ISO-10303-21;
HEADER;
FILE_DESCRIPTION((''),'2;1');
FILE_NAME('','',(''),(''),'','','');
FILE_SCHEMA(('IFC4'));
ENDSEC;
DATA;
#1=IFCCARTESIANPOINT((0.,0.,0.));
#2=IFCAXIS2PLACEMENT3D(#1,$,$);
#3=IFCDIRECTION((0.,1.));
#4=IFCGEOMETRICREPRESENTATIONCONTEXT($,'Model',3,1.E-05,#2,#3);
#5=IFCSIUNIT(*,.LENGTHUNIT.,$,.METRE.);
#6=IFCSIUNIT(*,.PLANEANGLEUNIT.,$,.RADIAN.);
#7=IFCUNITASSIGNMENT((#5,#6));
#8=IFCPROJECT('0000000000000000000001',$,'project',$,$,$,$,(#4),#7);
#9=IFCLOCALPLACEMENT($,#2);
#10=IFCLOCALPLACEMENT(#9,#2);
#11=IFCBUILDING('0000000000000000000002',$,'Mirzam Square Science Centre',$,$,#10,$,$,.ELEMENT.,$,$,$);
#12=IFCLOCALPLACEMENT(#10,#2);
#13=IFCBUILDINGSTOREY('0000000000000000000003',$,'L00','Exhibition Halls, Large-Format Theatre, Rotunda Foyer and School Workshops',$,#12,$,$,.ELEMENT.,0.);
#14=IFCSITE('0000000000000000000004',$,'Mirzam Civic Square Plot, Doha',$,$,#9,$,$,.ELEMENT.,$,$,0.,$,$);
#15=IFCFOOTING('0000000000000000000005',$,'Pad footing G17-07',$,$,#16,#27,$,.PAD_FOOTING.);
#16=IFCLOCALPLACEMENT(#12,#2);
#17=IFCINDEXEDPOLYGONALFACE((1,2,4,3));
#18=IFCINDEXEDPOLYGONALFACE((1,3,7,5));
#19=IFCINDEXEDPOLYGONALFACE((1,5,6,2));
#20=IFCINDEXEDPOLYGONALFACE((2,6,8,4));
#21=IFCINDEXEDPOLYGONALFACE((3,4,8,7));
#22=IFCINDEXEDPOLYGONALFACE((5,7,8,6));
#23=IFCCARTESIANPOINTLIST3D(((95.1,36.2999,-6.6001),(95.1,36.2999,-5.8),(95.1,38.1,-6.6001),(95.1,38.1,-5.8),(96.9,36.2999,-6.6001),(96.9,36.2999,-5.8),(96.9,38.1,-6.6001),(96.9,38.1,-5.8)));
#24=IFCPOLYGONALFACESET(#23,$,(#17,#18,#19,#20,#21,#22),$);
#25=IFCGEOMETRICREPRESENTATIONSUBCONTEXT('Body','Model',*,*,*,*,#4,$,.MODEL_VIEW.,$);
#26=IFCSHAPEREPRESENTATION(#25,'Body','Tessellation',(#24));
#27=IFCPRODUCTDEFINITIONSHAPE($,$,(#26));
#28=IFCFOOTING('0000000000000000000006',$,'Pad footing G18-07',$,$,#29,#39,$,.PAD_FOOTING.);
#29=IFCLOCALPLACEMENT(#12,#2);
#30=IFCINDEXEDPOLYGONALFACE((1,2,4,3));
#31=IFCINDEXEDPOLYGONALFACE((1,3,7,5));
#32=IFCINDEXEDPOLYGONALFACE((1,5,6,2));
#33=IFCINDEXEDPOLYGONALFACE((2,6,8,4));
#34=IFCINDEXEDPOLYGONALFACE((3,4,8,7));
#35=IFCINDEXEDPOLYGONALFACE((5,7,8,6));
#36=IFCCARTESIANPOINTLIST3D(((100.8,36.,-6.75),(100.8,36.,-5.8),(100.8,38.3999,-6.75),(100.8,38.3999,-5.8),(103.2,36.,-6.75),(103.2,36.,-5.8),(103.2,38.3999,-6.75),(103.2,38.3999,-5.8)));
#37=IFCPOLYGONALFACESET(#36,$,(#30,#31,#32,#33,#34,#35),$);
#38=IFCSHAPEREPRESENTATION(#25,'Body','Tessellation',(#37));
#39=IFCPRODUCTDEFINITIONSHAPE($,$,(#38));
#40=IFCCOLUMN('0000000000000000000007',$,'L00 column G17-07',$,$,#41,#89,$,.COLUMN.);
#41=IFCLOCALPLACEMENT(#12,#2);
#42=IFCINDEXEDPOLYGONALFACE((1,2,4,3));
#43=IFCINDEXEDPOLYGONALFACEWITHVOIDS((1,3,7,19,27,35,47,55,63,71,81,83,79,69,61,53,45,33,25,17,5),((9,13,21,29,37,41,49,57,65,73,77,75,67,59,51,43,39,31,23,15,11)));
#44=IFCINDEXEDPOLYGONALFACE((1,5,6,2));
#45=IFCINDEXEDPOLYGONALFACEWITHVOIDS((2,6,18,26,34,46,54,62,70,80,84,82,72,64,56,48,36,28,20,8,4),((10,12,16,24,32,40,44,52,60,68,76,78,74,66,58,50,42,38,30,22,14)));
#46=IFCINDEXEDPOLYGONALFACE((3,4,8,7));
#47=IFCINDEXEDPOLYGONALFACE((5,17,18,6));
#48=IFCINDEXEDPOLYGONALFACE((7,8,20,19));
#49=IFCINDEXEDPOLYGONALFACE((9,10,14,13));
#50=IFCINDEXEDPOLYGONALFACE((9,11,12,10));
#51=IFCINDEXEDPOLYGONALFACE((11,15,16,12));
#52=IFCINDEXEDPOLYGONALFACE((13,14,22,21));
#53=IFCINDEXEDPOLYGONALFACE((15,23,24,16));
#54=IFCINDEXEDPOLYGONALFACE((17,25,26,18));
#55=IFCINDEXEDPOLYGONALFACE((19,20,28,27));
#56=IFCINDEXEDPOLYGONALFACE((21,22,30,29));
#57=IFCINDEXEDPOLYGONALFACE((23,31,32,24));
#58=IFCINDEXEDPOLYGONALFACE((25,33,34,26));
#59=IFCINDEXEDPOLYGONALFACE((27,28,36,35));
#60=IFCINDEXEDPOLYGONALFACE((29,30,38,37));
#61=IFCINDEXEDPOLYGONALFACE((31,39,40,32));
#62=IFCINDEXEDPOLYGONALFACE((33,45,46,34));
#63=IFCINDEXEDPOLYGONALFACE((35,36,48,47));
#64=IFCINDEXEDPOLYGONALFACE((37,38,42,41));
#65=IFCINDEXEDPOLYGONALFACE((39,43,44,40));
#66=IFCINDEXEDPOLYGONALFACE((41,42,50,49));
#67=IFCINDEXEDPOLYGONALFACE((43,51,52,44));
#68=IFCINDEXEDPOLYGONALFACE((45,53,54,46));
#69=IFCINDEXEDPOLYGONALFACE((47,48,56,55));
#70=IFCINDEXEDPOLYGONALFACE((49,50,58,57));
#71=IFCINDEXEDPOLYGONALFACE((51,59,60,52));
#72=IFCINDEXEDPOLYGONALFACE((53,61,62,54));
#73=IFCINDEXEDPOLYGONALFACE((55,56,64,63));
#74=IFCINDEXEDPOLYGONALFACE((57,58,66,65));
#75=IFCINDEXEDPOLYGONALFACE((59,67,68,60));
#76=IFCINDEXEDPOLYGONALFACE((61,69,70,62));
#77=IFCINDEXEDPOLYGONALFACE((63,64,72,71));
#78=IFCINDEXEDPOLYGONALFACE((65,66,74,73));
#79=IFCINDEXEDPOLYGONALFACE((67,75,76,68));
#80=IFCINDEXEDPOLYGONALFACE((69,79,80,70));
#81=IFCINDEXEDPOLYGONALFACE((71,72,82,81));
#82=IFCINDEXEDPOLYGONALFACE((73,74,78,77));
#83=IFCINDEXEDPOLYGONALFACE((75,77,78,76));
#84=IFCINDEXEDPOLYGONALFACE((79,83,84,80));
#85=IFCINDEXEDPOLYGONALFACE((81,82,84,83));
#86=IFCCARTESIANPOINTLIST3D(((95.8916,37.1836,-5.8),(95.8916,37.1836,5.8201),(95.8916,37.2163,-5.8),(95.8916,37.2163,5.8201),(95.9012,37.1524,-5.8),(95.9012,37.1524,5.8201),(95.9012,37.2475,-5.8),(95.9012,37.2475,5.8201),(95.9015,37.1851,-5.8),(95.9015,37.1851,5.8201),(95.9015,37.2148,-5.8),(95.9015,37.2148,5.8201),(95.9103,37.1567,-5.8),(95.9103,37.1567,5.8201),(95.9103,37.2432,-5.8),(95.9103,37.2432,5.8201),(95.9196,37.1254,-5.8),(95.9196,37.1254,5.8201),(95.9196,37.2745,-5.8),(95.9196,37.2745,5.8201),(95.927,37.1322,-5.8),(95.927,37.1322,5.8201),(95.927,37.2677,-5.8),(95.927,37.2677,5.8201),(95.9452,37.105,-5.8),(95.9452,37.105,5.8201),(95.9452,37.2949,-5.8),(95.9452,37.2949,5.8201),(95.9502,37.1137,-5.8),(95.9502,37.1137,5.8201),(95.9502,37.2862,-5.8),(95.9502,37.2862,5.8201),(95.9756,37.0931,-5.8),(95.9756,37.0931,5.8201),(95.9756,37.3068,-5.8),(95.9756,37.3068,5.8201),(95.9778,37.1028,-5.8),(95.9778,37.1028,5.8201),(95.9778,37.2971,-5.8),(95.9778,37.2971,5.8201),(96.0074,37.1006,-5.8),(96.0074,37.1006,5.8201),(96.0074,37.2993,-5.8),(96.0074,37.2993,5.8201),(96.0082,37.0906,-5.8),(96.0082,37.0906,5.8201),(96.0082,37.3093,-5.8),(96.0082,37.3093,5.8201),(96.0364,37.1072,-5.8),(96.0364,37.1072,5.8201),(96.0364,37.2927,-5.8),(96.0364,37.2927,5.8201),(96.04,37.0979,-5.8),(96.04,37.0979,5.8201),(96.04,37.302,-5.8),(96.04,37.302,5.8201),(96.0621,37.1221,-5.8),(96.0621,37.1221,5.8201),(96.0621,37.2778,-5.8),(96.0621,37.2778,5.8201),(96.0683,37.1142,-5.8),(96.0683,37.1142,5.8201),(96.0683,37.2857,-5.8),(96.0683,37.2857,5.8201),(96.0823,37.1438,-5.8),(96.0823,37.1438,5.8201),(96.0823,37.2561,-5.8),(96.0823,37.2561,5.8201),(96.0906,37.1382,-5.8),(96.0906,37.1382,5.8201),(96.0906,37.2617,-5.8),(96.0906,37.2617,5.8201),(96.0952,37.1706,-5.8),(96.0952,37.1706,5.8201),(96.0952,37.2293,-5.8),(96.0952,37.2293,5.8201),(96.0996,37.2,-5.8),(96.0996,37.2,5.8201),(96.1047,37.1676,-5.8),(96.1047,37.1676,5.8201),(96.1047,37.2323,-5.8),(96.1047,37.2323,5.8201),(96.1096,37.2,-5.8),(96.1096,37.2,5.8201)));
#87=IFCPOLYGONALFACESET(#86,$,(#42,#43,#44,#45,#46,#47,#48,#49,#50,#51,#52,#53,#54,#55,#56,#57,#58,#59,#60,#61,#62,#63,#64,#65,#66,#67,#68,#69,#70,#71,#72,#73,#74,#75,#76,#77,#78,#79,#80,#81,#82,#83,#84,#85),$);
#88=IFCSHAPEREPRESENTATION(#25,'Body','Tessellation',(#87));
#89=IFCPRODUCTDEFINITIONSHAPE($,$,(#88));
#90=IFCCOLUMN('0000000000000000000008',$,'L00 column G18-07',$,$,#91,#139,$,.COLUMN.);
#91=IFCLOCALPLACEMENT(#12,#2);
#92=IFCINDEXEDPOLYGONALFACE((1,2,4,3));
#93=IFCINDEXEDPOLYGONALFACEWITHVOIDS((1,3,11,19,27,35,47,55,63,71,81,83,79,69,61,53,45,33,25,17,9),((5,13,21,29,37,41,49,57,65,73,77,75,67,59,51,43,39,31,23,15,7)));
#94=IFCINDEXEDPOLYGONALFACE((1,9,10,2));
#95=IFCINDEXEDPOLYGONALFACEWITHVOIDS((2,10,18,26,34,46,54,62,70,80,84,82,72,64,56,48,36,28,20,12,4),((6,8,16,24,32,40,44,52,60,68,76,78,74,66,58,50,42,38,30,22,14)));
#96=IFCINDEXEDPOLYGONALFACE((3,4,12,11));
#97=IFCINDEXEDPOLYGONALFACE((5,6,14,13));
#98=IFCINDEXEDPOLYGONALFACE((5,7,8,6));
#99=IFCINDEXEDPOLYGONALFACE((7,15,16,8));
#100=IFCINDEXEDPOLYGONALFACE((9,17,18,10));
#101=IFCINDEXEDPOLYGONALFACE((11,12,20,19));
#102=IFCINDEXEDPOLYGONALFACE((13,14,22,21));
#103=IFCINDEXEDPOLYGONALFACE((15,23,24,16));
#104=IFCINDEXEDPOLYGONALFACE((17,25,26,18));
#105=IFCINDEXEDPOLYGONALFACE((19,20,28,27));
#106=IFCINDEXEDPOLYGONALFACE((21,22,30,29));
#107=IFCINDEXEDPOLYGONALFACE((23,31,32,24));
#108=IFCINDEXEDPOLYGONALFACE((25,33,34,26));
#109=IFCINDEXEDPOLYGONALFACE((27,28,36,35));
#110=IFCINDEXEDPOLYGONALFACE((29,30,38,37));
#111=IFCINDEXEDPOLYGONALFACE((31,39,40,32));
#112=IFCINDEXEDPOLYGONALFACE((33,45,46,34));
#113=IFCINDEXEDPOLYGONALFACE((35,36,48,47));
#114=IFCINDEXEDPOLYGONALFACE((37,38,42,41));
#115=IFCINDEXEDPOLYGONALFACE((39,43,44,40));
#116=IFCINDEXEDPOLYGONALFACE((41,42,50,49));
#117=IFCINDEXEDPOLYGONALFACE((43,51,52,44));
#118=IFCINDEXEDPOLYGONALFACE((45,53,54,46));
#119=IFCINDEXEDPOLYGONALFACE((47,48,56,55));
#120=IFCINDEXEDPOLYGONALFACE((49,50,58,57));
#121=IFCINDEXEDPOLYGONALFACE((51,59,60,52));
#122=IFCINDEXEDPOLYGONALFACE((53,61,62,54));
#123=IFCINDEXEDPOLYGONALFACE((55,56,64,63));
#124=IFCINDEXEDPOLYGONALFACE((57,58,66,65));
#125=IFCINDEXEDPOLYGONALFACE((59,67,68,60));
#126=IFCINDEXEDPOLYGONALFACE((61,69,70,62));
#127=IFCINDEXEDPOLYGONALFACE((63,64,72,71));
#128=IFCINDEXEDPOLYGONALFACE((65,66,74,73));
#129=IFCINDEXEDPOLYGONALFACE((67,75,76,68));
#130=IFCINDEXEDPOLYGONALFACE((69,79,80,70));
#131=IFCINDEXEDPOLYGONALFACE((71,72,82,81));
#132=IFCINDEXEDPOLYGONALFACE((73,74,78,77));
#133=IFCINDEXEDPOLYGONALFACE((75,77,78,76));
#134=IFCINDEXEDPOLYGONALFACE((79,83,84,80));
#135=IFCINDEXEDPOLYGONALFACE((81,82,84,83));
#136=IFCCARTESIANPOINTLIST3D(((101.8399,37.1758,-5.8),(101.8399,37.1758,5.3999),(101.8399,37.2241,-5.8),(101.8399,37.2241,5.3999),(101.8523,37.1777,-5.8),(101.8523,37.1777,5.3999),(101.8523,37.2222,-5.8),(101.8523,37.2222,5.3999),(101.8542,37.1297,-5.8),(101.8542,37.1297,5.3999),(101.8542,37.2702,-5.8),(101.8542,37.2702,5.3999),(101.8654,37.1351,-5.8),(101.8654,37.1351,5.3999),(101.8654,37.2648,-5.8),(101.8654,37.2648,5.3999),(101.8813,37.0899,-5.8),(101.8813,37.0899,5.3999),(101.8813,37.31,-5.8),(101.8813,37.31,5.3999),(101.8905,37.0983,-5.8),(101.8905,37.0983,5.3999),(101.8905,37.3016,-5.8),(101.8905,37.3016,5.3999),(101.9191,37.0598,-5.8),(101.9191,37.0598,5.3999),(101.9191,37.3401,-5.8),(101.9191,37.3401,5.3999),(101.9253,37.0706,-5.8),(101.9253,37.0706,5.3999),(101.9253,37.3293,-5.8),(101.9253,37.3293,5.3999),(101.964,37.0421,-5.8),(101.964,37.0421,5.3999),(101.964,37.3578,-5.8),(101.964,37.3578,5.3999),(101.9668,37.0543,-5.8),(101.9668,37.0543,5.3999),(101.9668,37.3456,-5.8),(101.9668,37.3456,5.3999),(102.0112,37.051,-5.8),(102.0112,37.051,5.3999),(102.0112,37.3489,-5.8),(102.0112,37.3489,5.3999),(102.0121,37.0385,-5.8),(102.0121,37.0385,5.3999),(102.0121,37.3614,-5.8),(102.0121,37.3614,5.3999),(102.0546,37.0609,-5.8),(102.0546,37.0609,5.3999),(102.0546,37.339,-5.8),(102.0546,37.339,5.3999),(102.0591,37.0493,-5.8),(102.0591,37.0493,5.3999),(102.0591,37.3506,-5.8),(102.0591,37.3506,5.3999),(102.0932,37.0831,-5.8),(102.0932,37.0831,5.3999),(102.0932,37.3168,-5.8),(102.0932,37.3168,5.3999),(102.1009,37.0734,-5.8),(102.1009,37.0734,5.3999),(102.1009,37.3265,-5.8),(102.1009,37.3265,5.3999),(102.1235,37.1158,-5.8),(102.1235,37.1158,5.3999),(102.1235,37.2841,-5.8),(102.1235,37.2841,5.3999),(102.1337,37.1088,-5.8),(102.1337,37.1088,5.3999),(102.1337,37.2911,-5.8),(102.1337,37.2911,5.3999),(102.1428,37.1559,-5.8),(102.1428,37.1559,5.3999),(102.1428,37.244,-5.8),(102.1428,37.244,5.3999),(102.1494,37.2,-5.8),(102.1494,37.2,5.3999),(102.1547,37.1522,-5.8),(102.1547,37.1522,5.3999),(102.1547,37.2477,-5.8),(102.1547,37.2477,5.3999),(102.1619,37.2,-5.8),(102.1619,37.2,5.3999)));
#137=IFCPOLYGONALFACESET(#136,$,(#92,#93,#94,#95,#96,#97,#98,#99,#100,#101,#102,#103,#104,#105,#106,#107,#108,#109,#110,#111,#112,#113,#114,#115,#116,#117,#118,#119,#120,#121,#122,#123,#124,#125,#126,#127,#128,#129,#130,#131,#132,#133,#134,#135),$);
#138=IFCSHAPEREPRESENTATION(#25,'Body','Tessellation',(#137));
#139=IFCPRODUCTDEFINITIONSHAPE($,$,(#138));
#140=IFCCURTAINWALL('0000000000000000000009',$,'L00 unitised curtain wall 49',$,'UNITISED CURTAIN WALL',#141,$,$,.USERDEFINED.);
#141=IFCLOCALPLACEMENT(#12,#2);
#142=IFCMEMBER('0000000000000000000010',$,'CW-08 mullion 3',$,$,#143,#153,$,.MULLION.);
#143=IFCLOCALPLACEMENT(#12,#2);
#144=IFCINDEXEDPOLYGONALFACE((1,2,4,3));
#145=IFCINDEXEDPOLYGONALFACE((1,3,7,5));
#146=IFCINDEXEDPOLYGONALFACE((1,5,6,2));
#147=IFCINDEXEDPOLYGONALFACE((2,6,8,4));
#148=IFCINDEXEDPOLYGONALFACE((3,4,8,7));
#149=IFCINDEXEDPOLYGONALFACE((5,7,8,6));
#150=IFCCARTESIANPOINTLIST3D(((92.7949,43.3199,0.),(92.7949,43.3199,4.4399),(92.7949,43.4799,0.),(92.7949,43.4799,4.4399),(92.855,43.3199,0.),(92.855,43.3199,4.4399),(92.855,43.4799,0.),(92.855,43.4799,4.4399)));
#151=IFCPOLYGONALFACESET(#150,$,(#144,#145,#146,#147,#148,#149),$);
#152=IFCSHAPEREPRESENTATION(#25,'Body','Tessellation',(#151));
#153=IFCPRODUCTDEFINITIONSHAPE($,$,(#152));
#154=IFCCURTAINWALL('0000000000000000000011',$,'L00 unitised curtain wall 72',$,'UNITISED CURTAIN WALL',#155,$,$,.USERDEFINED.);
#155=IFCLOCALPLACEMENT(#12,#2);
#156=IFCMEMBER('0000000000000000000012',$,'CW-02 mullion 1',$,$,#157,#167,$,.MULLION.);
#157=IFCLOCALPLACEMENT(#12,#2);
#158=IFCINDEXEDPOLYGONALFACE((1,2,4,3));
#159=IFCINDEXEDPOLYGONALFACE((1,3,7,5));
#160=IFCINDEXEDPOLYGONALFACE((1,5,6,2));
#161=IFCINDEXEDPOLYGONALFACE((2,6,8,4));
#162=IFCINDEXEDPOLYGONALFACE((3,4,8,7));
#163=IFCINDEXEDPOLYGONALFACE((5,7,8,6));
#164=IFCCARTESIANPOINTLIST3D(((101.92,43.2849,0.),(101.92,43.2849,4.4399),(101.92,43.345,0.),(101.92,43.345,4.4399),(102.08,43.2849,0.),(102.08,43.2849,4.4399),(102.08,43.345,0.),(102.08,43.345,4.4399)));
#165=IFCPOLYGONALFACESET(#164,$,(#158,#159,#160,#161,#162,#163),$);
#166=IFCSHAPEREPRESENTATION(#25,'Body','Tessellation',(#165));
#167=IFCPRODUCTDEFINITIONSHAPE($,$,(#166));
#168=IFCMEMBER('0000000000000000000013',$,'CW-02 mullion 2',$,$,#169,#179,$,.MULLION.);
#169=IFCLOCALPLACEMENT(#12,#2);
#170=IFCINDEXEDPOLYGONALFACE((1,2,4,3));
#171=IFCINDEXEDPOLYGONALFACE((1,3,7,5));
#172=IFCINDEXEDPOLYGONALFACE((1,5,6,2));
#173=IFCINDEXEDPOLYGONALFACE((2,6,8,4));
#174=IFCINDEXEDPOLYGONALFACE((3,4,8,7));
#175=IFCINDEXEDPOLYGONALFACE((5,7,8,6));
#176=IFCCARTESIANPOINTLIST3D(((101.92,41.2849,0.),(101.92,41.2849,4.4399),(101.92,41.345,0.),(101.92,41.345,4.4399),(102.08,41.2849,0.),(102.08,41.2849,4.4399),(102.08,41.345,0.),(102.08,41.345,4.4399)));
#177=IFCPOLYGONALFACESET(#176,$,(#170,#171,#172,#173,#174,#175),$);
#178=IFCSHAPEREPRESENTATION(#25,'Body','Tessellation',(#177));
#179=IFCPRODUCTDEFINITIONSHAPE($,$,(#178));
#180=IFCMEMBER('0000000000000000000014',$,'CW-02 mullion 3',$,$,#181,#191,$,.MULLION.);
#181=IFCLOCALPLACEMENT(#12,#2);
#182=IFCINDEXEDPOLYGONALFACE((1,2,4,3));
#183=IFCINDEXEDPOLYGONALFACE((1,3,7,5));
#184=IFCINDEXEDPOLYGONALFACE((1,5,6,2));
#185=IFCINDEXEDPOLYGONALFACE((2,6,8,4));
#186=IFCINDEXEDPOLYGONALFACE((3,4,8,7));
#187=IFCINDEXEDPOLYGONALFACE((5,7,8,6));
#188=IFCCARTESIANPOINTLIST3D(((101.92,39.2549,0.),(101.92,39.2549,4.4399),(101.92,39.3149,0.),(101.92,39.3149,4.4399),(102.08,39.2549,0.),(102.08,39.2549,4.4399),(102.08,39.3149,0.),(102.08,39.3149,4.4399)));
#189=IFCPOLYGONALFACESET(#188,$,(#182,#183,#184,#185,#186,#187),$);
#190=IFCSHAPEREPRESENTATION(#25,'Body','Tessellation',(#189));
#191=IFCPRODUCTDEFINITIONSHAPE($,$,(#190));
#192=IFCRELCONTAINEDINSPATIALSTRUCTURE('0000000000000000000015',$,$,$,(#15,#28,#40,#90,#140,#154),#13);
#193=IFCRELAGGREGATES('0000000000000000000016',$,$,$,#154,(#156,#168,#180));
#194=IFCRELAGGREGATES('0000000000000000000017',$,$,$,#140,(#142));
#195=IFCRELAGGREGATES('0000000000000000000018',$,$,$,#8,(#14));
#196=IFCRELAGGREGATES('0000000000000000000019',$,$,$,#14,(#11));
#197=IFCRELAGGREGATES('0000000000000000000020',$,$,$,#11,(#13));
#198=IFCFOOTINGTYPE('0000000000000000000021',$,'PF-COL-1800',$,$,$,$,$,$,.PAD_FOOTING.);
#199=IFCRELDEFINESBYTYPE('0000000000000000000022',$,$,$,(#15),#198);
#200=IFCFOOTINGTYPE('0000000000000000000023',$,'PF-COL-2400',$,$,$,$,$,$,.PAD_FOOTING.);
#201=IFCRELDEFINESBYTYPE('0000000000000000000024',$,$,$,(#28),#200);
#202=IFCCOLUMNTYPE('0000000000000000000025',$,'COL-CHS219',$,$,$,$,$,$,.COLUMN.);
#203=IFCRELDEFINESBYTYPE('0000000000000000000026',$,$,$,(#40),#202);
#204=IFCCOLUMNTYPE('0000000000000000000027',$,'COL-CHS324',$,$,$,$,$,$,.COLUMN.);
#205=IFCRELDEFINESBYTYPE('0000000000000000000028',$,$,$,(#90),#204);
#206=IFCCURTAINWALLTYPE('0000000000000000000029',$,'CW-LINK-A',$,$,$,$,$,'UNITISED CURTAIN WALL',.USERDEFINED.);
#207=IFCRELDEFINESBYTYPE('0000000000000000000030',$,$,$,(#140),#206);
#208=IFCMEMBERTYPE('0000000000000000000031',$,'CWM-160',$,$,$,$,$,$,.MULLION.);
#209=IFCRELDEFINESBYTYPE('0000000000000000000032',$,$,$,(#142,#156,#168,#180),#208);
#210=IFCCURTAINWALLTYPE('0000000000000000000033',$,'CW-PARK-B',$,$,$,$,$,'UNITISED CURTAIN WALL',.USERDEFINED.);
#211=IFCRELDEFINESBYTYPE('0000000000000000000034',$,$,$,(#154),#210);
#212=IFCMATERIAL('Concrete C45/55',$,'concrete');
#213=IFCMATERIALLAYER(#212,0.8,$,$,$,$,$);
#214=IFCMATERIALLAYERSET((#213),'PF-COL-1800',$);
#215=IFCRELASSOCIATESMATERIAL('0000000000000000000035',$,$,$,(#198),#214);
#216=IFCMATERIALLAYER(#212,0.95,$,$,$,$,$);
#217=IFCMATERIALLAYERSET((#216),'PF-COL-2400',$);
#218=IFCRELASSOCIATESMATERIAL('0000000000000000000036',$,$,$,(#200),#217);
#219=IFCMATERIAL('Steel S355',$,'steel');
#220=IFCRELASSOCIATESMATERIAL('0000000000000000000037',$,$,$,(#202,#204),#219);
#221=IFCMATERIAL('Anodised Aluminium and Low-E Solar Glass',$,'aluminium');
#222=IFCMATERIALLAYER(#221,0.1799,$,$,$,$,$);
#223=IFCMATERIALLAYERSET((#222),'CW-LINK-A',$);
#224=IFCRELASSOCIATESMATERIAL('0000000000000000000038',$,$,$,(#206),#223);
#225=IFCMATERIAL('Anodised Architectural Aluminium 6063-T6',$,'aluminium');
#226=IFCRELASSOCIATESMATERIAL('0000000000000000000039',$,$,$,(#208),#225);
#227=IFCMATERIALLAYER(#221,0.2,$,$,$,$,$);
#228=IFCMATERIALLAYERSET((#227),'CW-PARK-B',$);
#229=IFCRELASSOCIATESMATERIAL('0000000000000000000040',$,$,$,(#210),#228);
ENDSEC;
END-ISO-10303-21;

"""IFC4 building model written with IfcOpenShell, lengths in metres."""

from ifc_helpers import new_model, si_unit, direction, frame, origin, origin_2d, place, context, subcontext, project, spatial, rectangle, hollow_circle, extrude, material, layer, layer_set, material_profile, profile_set, type_object, element, aggregate, save


model = new_model("IFC4")

# Units and contexts
model_context = context("Model", 3, precision=1e-05, world=origin(), true_north=direction((0.0, 1.0)))
body_context = subcontext(model_context, "Body", "Model", "MODEL_VIEW")
ifc_project = project(units=[si_unit("LENGTHUNIT", "METRE"), si_unit("PLANEANGLEUNIT", "RADIAN")], contexts=[model_context])

# Site, building, storey
site_placement = place(None, origin())
site = spatial("IfcSite", under=ifc_project, at=site_placement, Name="Mirzam Civic Square Plot, Doha", CompositionType="ELEMENT", RefElevation=0.0)
building_placement = place(site_placement, origin())
building = spatial("IfcBuilding", under=site, at=building_placement, Name="Mirzam Square Science Centre", CompositionType="ELEMENT")
storey_placement = place(building_placement, origin())
storey = spatial("IfcBuildingStorey", under=building, at=storey_placement, Name="L00", Description="Exhibition Halls, Large-Format Theatre, Rotunda Foyer and School Workshops", CompositionType="ELEMENT", Elevation=0.0)

# Footings
ifc_material_1 = material(Name="Concrete C45/55", Category="concrete")
ifc_layer_1 = layer(ifc_material_1, 0.8)
ifc_layer_set_1 = layer_set([ifc_layer_1], Name="PF-COL-1800")
footing_type_1 = type_object("IfcFootingType", Name="PF-COL-1800", PredefinedType="PAD_FOOTING", material=ifc_layer_set_1)
footing_1_placement = place(storey_placement, frame((96.0, 37.2, -6.6001), z_axis=(0.0, 0.0, 1.0), x_axis=(1.0, 0.0, 0.0)))
element("IfcFooting", 1, at=footing_1_placement, inside=storey, type_object=footing_type_1, Name="Pad footing G17-07", PredefinedType="PAD_FOOTING", context=body_context, shape_type="SweptSolid", body=[
    extrude(rectangle(XDim=1.8, YDim=1.8, at=origin_2d()), origin(), (0.0, 0.0, 1.0), 0.8),
])
ifc_layer_2 = layer(ifc_material_1, 0.95)
ifc_layer_set_2 = layer_set([ifc_layer_2], Name="PF-COL-2400")
footing_type_2 = type_object("IfcFootingType", Name="PF-COL-2400", PredefinedType="PAD_FOOTING", material=ifc_layer_set_2)
footing_2_placement = place(storey_placement, frame((102.0, 37.2, -6.75), z_axis=(0.0, 0.0, 1.0), x_axis=(1.0, 0.0, 0.0)))
element("IfcFooting", 2, at=footing_2_placement, inside=storey, type_object=footing_type_2, Name="Pad footing G18-07", PredefinedType="PAD_FOOTING", context=body_context, shape_type="SweptSolid", body=[
    extrude(rectangle(XDim=2.3999, YDim=2.3999, at=origin_2d()), origin(), (0.0, 0.0, 1.0), 0.95),
])

# Columns
ifc_material_2 = material(Name="Steel S355", Category="steel")
ifc_material_profile_1 = material_profile(ifc_material_2, hollow_circle(Radius=0.1096, WallThickness=0.01, at=origin_2d()), Name="219.1x10.0CHS")
ifc_profile_set_1 = profile_set([ifc_material_profile_1], Name="Steel S355")
column_type_1 = type_object("IfcColumnType", Name="COL-CHS219", PredefinedType="COLUMN", material=ifc_profile_set_1)
column_1_placement = place(storey_placement, frame((96.0, 37.2, -5.8), z_axis=(0.0, 0.0, 1.0), x_axis=(1.0, 0.0, 0.0)))
element("IfcColumn", 3, at=column_1_placement, inside=storey, type_object=column_type_1, Name="L00 column G17-07", PredefinedType="COLUMN", context=body_context, shape_type="SweptSolid", body=[
    extrude(hollow_circle(Radius=0.1096, WallThickness=0.01, at=origin_2d()), origin(), (0.0, 0.0, 1.0), 11.6201),
])
ifc_material_profile_2 = material_profile(ifc_material_2, hollow_circle(Radius=0.1619, WallThickness=0.0125, at=origin_2d()), Name="323.9x12.5CHS")
ifc_profile_set_2 = profile_set([ifc_material_profile_2], Name="Steel S355")
column_type_2 = type_object("IfcColumnType", Name="COL-CHS324", PredefinedType="COLUMN", material=ifc_profile_set_2)
column_2_placement = place(storey_placement, frame((102.0, 37.2, -5.8), z_axis=(0.0, 0.0, 1.0), x_axis=(1.0, 0.0, 0.0)))
element("IfcColumn", 4, at=column_2_placement, inside=storey, type_object=column_type_2, Name="L00 column G18-07", PredefinedType="COLUMN", context=body_context, shape_type="SweptSolid", body=[
    extrude(hollow_circle(Radius=0.1619, WallThickness=0.0125, at=origin_2d()), origin(), (0.0, 0.0, 1.0), 11.2),
])

# Curtain wall, member
ifc_material_3 = material(Name="Anodised Aluminium and Low-E Solar Glass", Category="aluminium")
ifc_layer_3 = layer(ifc_material_3, 0.1799)
ifc_layer_set_3 = layer_set([ifc_layer_3], Name="CW-LINK-A")
curtain_wall_type_1 = type_object("IfcCurtainWallType", Name="CW-LINK-A", ElementType="UNITISED CURTAIN WALL", PredefinedType="USERDEFINED", material=ifc_layer_set_3)
curtain_wall_1_placement = place(storey_placement, origin())
curtain_wall_1 = element("IfcCurtainWall", 5, at=curtain_wall_1_placement, inside=storey, type_object=curtain_wall_type_1, Name="L00 unitised curtain wall 49", ObjectType="UNITISED CURTAIN WALL", PredefinedType="USERDEFINED")
ifc_material_4 = material(Name="Anodised Architectural Aluminium 6063-T6", Category="aluminium")
ifc_material_profile_3 = material_profile(ifc_material_4, rectangle(XDim=0.0601, YDim=0.1599, at=origin_2d()), Name="ALU-MULL-160x60x4")
ifc_profile_set_3 = profile_set([ifc_material_profile_3], Name="Anodised Architectural Aluminium 6063-T6")
member_type_1 = type_object("IfcMemberType", Name="CWM-160", PredefinedType="MULLION", material=ifc_profile_set_3)
member_1_placement = place(storey_placement, frame((92.825, 43.3999, 0.0), z_axis=(0.0, 0.0, 1.0), x_axis=(1.0, 0.0, 0.0)))
member_1 = element("IfcMember", 6, at=member_1_placement, type_object=member_type_1, Name="CW-08 mullion 3", PredefinedType="MULLION", context=body_context, shape_type="SweptSolid", body=[
    extrude(rectangle(XDim=0.0601, YDim=0.1599, at=origin_2d()), origin(), (0.0, 0.0, 1.0), 4.4399),
])

# Curtain wall, members
ifc_layer_4 = layer(ifc_material_3, 0.2)
ifc_layer_set_4 = layer_set([ifc_layer_4], Name="CW-PARK-B")
curtain_wall_type_2 = type_object("IfcCurtainWallType", Name="CW-PARK-B", ElementType="UNITISED CURTAIN WALL", PredefinedType="USERDEFINED", material=ifc_layer_set_4)
curtain_wall_2_placement = place(storey_placement, origin())
curtain_wall_2 = element("IfcCurtainWall", 7, at=curtain_wall_2_placement, inside=storey, type_object=curtain_wall_type_2, Name="L00 unitised curtain wall 72", ObjectType="UNITISED CURTAIN WALL", PredefinedType="USERDEFINED")
member_2_placement = place(storey_placement, frame((102.0, 43.3149, 0.0), z_axis=(0.0, 0.0, 1.0), x_axis=(0.0, -1.0, 0.0)))
member_2 = element("IfcMember", 8, at=member_2_placement, type_object=member_type_1, Name="CW-02 mullion 1", PredefinedType="MULLION", context=body_context, shape_type="SweptSolid", body=[
    extrude(rectangle(XDim=0.0601, YDim=0.1599, at=origin_2d()), origin(), (0.0, 0.0, 1.0), 4.4399),
])
member_3_placement = place(storey_placement, frame((102.0, 41.3149, 0.0), z_axis=(0.0, 0.0, 1.0), x_axis=(0.0, -1.0, 0.0)))
member_3 = element("IfcMember", 9, at=member_3_placement, type_object=member_type_1, Name="CW-02 mullion 2", PredefinedType="MULLION", context=body_context, shape_type="SweptSolid", body=[
    extrude(rectangle(XDim=0.0601, YDim=0.1599, at=origin_2d()), origin(), (0.0, 0.0, 1.0), 4.4399),
])
member_4_placement = place(storey_placement, frame((102.0, 39.2849, 0.0), z_axis=(0.0, 0.0, 1.0), x_axis=(0.0, -1.0, 0.0)))
member_4 = element("IfcMember", 10, at=member_4_placement, type_object=member_type_1, Name="CW-02 mullion 3", PredefinedType="MULLION", context=body_context, shape_type="SweptSolid", body=[
    extrude(rectangle(XDim=0.0601, YDim=0.1599, at=origin_2d()), origin(), (0.0, 0.0, 1.0), 4.4399),
])

aggregate(curtain_wall_2, [member_2, member_3, member_4])

aggregate(curtain_wall_1, [member_1])

save(model, "model.ifc")
